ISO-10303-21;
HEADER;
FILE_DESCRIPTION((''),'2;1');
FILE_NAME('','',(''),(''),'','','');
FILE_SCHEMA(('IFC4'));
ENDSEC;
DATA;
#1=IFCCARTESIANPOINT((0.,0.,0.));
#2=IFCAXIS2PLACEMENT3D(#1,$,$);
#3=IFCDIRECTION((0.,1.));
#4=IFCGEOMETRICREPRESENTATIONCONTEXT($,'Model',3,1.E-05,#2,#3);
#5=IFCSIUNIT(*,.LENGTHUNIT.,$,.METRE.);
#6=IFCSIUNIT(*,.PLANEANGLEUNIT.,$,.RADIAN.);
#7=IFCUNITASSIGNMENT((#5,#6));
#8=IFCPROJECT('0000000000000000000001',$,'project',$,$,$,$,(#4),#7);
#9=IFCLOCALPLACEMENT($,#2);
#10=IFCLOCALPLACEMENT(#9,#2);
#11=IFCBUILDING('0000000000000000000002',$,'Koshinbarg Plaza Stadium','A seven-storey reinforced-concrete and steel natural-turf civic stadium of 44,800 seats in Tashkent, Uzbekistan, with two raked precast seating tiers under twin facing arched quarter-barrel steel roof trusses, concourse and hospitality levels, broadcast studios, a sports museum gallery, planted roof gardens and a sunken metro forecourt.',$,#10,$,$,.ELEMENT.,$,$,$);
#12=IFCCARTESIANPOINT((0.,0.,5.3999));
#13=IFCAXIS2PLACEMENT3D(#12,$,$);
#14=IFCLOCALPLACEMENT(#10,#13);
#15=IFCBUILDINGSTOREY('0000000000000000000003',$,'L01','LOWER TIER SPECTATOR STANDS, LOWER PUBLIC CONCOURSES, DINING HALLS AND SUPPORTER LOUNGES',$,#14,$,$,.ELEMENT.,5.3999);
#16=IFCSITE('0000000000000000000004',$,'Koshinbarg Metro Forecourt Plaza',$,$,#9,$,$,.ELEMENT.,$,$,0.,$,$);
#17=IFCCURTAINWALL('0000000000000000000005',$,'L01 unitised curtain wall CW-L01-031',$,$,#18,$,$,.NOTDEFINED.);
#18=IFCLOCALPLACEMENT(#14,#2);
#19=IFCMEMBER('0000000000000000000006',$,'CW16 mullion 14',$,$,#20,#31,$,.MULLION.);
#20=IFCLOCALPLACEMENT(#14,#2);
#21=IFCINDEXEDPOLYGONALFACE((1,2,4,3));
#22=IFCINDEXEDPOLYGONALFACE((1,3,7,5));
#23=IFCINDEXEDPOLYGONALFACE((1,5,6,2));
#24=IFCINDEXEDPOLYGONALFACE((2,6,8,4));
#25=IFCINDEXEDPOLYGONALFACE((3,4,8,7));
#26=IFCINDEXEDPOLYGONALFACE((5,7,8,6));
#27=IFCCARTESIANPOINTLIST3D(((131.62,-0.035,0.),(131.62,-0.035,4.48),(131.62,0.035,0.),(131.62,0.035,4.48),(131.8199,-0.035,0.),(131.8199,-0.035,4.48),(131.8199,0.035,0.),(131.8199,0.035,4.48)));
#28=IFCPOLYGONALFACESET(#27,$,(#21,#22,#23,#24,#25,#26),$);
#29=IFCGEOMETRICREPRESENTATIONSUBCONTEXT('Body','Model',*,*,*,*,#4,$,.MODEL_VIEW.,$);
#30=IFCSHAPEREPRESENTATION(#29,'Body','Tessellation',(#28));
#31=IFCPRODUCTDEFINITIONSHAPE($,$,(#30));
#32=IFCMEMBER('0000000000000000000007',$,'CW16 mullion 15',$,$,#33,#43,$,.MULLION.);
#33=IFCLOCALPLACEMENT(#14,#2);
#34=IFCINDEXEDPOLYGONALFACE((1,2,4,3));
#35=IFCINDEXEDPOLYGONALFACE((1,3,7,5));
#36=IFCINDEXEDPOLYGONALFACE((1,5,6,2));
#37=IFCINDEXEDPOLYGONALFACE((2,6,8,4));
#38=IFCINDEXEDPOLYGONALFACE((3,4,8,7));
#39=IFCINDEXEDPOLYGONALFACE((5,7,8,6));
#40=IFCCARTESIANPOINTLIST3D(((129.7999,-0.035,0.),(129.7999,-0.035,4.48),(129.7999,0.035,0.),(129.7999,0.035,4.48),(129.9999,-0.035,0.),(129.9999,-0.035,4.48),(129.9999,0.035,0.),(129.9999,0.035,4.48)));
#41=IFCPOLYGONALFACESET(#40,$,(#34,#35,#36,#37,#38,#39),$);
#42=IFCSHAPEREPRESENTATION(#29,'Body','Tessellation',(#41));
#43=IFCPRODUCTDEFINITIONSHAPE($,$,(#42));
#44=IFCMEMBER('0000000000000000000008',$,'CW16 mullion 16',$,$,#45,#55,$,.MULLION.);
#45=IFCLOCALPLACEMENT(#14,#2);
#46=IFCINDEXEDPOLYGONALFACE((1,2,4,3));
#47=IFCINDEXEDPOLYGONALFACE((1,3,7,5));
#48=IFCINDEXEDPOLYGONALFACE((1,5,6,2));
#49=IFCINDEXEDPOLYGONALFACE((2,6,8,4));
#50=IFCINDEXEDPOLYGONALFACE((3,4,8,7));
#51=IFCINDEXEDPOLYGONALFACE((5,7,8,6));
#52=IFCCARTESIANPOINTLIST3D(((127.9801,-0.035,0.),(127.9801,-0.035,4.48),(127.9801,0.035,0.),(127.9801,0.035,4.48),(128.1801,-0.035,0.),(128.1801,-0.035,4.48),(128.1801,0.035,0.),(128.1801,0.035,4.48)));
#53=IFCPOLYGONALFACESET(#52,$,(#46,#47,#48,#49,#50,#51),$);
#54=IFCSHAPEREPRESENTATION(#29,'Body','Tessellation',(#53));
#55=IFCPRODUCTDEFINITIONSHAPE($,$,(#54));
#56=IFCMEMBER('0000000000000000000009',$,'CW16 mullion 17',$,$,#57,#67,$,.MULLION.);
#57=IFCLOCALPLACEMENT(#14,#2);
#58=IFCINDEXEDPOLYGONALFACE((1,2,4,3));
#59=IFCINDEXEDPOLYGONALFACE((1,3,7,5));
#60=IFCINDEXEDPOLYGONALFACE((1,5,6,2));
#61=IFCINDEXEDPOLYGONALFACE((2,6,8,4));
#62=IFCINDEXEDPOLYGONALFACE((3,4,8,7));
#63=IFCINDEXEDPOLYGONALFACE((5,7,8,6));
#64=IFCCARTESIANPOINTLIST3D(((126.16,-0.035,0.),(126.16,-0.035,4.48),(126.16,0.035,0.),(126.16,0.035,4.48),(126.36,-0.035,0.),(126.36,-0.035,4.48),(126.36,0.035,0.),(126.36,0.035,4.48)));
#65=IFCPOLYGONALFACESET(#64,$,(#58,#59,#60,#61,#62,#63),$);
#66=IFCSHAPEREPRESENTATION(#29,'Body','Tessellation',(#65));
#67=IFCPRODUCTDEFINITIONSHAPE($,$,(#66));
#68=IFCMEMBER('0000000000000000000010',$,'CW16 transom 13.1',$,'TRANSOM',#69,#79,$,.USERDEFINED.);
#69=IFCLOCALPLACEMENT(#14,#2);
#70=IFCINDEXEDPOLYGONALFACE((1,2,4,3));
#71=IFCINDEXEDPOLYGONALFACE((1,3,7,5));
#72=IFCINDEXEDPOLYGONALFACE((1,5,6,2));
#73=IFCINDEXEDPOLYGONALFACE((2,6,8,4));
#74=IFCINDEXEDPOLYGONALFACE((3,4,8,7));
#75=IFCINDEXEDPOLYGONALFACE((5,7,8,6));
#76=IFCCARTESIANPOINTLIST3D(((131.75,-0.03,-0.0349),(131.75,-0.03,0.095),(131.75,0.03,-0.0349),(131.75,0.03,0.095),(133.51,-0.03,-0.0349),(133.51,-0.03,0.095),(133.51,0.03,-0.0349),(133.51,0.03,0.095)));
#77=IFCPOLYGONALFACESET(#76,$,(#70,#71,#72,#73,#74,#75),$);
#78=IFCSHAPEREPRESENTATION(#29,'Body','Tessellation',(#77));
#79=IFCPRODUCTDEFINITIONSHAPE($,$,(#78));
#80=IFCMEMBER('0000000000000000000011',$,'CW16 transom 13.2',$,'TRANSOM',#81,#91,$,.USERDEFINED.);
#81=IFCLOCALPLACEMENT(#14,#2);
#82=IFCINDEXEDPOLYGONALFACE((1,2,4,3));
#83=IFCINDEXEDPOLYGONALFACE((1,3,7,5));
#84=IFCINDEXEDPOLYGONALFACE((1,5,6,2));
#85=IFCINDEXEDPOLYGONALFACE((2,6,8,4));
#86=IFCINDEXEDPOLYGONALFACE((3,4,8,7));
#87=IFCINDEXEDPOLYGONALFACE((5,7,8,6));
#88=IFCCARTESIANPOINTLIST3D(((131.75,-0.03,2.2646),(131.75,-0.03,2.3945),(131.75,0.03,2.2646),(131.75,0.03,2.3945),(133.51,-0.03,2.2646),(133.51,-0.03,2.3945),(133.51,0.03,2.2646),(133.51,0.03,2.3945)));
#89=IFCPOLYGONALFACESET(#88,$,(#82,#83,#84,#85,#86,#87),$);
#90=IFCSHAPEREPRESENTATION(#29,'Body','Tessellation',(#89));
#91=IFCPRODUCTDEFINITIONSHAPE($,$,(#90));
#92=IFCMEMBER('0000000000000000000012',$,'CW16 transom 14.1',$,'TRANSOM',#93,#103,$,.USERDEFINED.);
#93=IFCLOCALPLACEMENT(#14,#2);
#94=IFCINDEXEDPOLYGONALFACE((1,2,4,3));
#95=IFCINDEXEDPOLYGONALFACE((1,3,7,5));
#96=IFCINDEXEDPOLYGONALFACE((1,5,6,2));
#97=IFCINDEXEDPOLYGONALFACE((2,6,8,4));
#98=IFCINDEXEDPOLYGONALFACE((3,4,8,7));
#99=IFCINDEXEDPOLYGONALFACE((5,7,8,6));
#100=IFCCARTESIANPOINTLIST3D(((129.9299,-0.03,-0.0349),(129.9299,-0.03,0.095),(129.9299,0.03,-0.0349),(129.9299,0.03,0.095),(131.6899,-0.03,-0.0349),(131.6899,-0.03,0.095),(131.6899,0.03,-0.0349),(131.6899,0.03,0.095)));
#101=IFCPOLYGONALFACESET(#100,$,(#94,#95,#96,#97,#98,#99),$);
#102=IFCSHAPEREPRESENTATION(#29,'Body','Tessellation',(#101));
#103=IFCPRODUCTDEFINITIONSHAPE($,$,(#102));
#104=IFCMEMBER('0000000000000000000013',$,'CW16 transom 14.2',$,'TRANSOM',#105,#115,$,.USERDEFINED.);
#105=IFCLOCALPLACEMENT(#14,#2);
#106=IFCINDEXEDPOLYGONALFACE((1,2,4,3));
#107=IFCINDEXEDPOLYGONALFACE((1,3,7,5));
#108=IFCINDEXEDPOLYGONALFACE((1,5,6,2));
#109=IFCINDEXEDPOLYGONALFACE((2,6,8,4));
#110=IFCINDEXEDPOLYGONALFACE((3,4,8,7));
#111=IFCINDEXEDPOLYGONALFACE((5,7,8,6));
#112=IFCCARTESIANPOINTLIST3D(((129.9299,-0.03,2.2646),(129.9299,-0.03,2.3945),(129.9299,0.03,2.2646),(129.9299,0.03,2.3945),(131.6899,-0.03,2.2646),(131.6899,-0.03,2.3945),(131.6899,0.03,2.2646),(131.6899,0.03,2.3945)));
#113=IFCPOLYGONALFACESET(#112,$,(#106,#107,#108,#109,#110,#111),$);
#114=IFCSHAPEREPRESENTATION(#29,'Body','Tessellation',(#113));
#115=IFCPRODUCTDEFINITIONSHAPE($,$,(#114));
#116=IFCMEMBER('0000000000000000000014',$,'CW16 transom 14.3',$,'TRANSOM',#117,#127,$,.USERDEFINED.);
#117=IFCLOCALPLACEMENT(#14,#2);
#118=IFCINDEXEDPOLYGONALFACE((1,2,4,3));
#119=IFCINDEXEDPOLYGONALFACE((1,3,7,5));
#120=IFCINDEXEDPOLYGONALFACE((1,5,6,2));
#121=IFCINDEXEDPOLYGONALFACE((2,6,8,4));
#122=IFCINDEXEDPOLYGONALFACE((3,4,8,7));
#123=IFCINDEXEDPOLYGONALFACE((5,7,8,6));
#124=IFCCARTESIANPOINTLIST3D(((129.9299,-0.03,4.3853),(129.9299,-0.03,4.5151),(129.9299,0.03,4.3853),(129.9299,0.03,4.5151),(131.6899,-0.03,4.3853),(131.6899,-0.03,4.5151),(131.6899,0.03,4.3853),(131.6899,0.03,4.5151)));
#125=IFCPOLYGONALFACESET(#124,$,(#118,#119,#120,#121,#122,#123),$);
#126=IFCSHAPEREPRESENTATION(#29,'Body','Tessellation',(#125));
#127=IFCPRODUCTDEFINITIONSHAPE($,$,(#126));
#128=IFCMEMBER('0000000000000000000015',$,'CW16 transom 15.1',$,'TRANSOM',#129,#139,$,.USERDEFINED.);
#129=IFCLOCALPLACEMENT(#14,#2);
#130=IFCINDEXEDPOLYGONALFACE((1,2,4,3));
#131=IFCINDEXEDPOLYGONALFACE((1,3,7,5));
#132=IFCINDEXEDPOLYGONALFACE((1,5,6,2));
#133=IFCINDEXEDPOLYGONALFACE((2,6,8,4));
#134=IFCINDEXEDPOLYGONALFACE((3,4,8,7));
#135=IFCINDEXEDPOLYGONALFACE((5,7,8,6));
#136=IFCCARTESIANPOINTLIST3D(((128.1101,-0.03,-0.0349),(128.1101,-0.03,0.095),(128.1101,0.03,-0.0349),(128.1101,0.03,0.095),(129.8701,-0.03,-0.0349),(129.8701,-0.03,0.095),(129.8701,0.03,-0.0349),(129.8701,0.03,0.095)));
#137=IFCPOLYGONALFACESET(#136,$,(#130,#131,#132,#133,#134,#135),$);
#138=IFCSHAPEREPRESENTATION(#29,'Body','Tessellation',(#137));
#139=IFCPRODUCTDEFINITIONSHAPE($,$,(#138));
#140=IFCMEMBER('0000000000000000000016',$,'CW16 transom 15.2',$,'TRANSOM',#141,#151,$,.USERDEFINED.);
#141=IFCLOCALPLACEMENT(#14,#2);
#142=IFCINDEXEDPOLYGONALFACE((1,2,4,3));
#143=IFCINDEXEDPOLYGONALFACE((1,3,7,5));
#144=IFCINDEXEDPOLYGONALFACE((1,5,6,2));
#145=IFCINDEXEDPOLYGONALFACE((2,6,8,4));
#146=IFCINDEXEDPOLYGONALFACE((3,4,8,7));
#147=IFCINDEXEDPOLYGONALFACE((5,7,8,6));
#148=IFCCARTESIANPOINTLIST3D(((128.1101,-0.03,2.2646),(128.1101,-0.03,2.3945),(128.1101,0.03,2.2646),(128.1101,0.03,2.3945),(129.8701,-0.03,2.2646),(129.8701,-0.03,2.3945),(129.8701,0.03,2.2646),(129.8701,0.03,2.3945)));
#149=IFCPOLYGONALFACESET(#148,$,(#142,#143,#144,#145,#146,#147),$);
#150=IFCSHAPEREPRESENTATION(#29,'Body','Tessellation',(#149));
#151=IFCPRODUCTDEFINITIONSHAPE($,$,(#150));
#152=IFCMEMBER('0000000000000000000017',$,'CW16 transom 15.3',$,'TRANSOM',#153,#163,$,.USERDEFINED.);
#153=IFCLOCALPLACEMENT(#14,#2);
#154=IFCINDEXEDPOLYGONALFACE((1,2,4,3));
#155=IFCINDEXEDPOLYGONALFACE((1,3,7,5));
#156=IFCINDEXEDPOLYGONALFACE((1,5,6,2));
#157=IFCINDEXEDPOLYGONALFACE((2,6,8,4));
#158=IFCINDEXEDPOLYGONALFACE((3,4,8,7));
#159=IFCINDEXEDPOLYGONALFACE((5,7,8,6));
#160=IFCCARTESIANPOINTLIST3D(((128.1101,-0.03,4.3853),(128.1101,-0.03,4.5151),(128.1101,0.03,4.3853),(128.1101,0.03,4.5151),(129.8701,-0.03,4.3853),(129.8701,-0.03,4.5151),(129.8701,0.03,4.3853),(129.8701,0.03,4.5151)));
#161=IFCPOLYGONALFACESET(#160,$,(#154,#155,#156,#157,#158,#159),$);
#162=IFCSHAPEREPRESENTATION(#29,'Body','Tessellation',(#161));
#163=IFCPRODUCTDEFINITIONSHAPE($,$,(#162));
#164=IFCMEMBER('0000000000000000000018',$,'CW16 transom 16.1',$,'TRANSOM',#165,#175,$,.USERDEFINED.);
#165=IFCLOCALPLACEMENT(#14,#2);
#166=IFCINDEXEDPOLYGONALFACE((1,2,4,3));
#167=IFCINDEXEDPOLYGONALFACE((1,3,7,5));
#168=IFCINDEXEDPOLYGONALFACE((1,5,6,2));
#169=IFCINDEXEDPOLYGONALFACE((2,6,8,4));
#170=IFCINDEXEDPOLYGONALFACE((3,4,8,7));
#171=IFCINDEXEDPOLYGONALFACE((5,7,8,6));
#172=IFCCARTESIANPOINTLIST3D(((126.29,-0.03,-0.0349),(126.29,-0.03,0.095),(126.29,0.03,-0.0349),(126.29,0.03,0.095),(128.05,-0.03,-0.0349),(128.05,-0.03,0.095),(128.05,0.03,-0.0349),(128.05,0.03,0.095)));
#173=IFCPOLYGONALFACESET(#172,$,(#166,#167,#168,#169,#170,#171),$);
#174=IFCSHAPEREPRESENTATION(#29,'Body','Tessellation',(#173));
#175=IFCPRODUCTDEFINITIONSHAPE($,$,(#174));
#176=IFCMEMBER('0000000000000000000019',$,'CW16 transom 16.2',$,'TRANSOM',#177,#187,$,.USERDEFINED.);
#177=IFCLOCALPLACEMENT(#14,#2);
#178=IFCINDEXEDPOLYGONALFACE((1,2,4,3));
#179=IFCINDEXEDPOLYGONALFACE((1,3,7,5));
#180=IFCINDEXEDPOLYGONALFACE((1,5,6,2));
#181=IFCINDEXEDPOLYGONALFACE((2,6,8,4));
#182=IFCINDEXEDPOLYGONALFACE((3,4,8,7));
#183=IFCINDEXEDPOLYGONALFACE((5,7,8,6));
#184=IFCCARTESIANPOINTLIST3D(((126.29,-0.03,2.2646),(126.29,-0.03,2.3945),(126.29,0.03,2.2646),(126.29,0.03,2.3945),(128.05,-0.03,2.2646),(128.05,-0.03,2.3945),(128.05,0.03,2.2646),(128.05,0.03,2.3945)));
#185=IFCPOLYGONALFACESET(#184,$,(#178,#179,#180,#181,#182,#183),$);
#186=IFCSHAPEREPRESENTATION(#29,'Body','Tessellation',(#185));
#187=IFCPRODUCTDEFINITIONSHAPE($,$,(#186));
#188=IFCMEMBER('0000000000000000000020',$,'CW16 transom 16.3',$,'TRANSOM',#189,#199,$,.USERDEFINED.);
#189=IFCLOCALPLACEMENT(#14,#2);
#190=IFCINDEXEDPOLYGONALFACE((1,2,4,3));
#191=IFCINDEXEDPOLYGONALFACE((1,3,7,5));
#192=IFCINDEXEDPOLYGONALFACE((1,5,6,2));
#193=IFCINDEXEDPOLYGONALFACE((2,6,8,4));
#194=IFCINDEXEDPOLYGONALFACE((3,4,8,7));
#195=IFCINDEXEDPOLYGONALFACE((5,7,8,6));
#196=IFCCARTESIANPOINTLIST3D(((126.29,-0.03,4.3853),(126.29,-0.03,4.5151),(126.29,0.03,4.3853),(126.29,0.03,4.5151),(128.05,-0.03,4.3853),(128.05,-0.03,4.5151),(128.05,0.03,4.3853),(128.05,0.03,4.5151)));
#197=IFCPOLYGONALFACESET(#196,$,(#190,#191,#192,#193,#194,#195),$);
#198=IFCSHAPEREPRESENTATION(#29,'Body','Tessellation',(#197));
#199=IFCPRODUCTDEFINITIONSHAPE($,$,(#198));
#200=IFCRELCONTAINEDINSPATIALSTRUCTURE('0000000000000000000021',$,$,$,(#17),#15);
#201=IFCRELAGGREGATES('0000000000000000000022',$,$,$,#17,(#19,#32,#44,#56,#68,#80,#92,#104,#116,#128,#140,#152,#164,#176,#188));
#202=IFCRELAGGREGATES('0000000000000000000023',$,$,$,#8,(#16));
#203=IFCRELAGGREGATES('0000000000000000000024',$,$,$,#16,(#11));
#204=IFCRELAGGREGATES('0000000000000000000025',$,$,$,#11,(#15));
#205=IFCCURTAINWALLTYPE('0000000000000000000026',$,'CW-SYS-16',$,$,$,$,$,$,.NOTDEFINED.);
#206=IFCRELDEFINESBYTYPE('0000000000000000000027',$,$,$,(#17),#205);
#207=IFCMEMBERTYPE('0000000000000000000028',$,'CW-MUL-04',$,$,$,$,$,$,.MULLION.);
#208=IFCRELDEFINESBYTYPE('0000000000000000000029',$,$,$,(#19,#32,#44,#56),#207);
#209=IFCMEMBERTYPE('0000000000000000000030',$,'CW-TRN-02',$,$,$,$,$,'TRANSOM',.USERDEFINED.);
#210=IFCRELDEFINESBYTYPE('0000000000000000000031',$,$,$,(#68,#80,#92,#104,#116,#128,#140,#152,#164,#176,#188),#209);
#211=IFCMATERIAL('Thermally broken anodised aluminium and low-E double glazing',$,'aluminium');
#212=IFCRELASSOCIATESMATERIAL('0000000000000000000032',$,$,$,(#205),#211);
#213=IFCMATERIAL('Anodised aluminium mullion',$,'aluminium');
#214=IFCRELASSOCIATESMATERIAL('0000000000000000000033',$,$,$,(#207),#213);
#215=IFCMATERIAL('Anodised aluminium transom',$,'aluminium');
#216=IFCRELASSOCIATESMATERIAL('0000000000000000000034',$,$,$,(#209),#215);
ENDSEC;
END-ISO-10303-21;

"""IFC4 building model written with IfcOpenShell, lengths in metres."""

from ifc_helpers import new_model, si_unit, direction, frame, origin, origin_2d, place, context, subcontext, project, spatial, rectangle, extrude, material, material_profile, profile_set, type_object, element, aggregate, save


model = new_model("IFC4")

# Units and contexts
model_context = context("Model", 3, precision=1e-05, world=origin(), true_north=direction((0.0, 1.0)))
body_context = subcontext(model_context, "Body", "Model", "MODEL_VIEW")
ifc_project = project(units=[si_unit("LENGTHUNIT", "METRE"), si_unit("PLANEANGLEUNIT", "RADIAN")], contexts=[model_context])

# Site, building, storey
site_placement = place(None, origin())
site = spatial("IfcSite", under=ifc_project, at=site_placement, Name="Koshinbarg Metro Forecourt Plaza", CompositionType="ELEMENT", RefElevation=0.0)
building_placement = place(site_placement, origin())
building = spatial("IfcBuilding", under=site, at=building_placement, Name="Koshinbarg Plaza Stadium", Description="A seven-storey reinforced-concrete and steel natural-turf civic stadium of 44,800 seats in Tashkent, Uzbekistan, with two raked precast seating tiers under twin facing arched quarter-barrel steel roof trusses, concourse and hospitality levels, broadcast studios, a sports museum gallery, planted roof gardens and a sunken metro forecourt.", CompositionType="ELEMENT")
storey_placement = place(building_placement, frame((0.0, 0.0, 5.3999)))
storey = spatial("IfcBuildingStorey", under=building, at=storey_placement, Name="L01", Description="LOWER TIER SPECTATOR STANDS, LOWER PUBLIC CONCOURSES, DINING HALLS AND SUPPORTER LOUNGES", CompositionType="ELEMENT", Elevation=5.3999)

# Curtain wall, members
ifc_material_1 = material(Name="Thermally broken anodised aluminium and low-E double glazing", Category="aluminium")
curtain_wall_type = type_object("IfcCurtainWallType", Name="CW-SYS-16", PredefinedType="NOTDEFINED", material=ifc_material_1)
curtain_wall_placement = place(storey_placement, origin())
curtain_wall = element("IfcCurtainWall", 1, at=curtain_wall_placement, inside=storey, type_object=curtain_wall_type, Name="L01 unitised curtain wall CW-L01-031", PredefinedType="NOTDEFINED")
ifc_material_2 = material(Name="Anodised aluminium mullion", Category="aluminium")
ifc_material_profile_1 = material_profile(ifc_material_2, rectangle(XDim=0.0701, YDim=0.2, at=origin_2d()), Name="ALU 70x200")
ifc_profile_set_1 = profile_set([ifc_material_profile_1], Name="Anodised aluminium mullion")
member_type_1 = type_object("IfcMemberType", Name="CW-MUL-04", PredefinedType="MULLION", material=ifc_profile_set_1)
member_1_placement = place(storey_placement, frame((131.72, 0.0, 0.0), z_axis=(0.0, 0.0, 1.0), x_axis=(0.0, -1.0, 0.0)))
member_1 = element("IfcMember", 2, at=member_1_placement, type_object=member_type_1, Name="CW16 mullion 14", PredefinedType="MULLION", context=body_context, shape_type="SweptSolid", body=[
    extrude(rectangle(XDim=0.0701, YDim=0.2, at=origin_2d()), origin(), (0.0, 0.0, 1.0), 4.48),
])
member_2_placement = place(storey_placement, frame((129.8999, 0.0, 0.0), z_axis=(0.0, 0.0, 1.0), x_axis=(0.0, -1.0, 0.0)))
member_2 = element("IfcMember", 3, at=member_2_placement, type_object=member_type_1, Name="CW16 mullion 15", PredefinedType="MULLION", context=body_context, shape_type="SweptSolid", body=[
    extrude(rectangle(XDim=0.0701, YDim=0.2, at=origin_2d()), origin(), (0.0, 0.0, 1.0), 4.48),
])
member_3_placement = place(storey_placement, frame((128.0801, 0.0, 0.0), z_axis=(0.0, 0.0, 1.0), x_axis=(0.0, -1.0, 0.0)))
member_3 = element("IfcMember", 4, at=member_3_placement, type_object=member_type_1, Name="CW16 mullion 16", PredefinedType="MULLION", context=body_context, shape_type="SweptSolid", body=[
    extrude(rectangle(XDim=0.0701, YDim=0.2, at=origin_2d()), origin(), (0.0, 0.0, 1.0), 4.48),
])
member_4_placement = place(storey_placement, frame((126.26, 0.0, 0.0), z_axis=(0.0, 0.0, 1.0), x_axis=(0.0, -1.0, 0.0)))
member_4 = element("IfcMember", 5, at=member_4_placement, type_object=member_type_1, Name="CW16 mullion 17", PredefinedType="MULLION", context=body_context, shape_type="SweptSolid", body=[
    extrude(rectangle(XDim=0.0701, YDim=0.2, at=origin_2d()), origin(), (0.0, 0.0, 1.0), 4.48),
])
ifc_material_3 = material(Name="Anodised aluminium transom", Category="aluminium")
ifc_material_profile_2 = material_profile(ifc_material_3, rectangle(XDim=0.0601, YDim=0.1299, at=origin_2d()), Name="ALU 60x130")
ifc_profile_set_2 = profile_set([ifc_material_profile_2], Name="Anodised aluminium transom")
member_type_2 = type_object("IfcMemberType", Name="CW-TRN-02", ElementType="TRANSOM", PredefinedType="USERDEFINED", material=ifc_profile_set_2)
member_5_placement = place(storey_placement, frame((133.51, 0.0, 0.03), z_axis=(-1.0, 0.0, 0.0), x_axis=(0.0, -1.0, 0.0)))
member_5 = element("IfcMember", 6, at=member_5_placement, type_object=member_type_2, Name="CW16 transom 13.1", ObjectType="TRANSOM", PredefinedType="USERDEFINED", context=body_context, shape_type="SweptSolid", body=[
    extrude(rectangle(XDim=0.0601, YDim=0.1299, at=origin_2d()), origin(), (0.0, 0.0, 1.0), 1.76),
])
member_6_placement = place(storey_placement, frame((133.51, 0.0, 2.3296), z_axis=(-1.0, 0.0, 0.0), x_axis=(0.0, -1.0, 0.0)))
member_6 = element("IfcMember", 7, at=member_6_placement, type_object=member_type_2, Name="CW16 transom 13.2", ObjectType="TRANSOM", PredefinedType="USERDEFINED", context=body_context, shape_type="SweptSolid", body=[
    extrude(rectangle(XDim=0.0601, YDim=0.1299, at=origin_2d()), origin(), (0.0, 0.0, 1.0), 1.76),
])
member_7_placement = place(storey_placement, frame((131.6899, 0.0, 0.03), z_axis=(-1.0, 0.0, 0.0), x_axis=(0.0, -1.0, 0.0)))
member_7 = element("IfcMember", 8, at=member_7_placement, type_object=member_type_2, Name="CW16 transom 14.1", ObjectType="TRANSOM", PredefinedType="USERDEFINED", context=body_context, shape_type="SweptSolid", body=[
    extrude(rectangle(XDim=0.0601, YDim=0.1299, at=origin_2d()), origin(), (0.0, 0.0, 1.0), 1.76),
])
member_8_placement = place(storey_placement, frame((131.6899, 0.0, 2.3296), z_axis=(-1.0, 0.0, 0.0), x_axis=(0.0, -1.0, 0.0)))
member_8 = element("IfcMember", 9, at=member_8_placement, type_object=member_type_2, Name="CW16 transom 14.2", ObjectType="TRANSOM", PredefinedType="USERDEFINED", context=body_context, shape_type="SweptSolid", body=[
    extrude(rectangle(XDim=0.0601, YDim=0.1299, at=origin_2d()), origin(), (0.0, 0.0, 1.0), 1.76),
])
member_9_placement = place(storey_placement, frame((131.6899, 0.0, 4.4502), z_axis=(-1.0, 0.0, 0.0), x_axis=(0.0, -1.0, 0.0)))
member_9 = element("IfcMember", 10, at=member_9_placement, type_object=member_type_2, Name="CW16 transom 14.3", ObjectType="TRANSOM", PredefinedType="USERDEFINED", context=body_context, shape_type="SweptSolid", body=[
    extrude(rectangle(XDim=0.0601, YDim=0.1299, at=origin_2d()), origin(), (0.0, 0.0, 1.0), 1.76),
])
member_10_placement = place(storey_placement, frame((129.8701, 0.0, 0.03), z_axis=(-1.0, 0.0, 0.0), x_axis=(0.0, -1.0, 0.0)))
member_10 = element("IfcMember", 11, at=member_10_placement, type_object=member_type_2, Name="CW16 transom 15.1", ObjectType="TRANSOM", PredefinedType="USERDEFINED", context=body_context, shape_type="SweptSolid", body=[
    extrude(rectangle(XDim=0.0601, YDim=0.1299, at=origin_2d()), origin(), (0.0, 0.0, 1.0), 1.76),
])
member_11_placement = place(storey_placement, frame((129.8701, 0.0, 2.3296), z_axis=(-1.0, 0.0, 0.0), x_axis=(0.0, -1.0, 0.0)))
member_11 = element("IfcMember", 12, at=member_11_placement, type_object=member_type_2, Name="CW16 transom 15.2", ObjectType="TRANSOM", PredefinedType="USERDEFINED", context=body_context, shape_type="SweptSolid", body=[
    extrude(rectangle(XDim=0.0601, YDim=0.1299, at=origin_2d()), origin(), (0.0, 0.0, 1.0), 1.76),
])
member_12_placement = place(storey_placement, frame((129.8701, 0.0, 4.4502), z_axis=(-1.0, 0.0, 0.0), x_axis=(0.0, -1.0, 0.0)))
member_12 = element("IfcMember", 13, at=member_12_placement, type_object=member_type_2, Name="CW16 transom 15.3", ObjectType="TRANSOM", PredefinedType="USERDEFINED", context=body_context, shape_type="SweptSolid", body=[
    extrude(rectangle(XDim=0.0601, YDim=0.1299, at=origin_2d()), origin(), (0.0, 0.0, 1.0), 1.76),
])
member_13_placement = place(storey_placement, frame((128.05, 0.0, 0.03), z_axis=(-1.0, 0.0, 0.0), x_axis=(0.0, -1.0, 0.0)))
member_13 = element("IfcMember", 14, at=member_13_placement, type_object=member_type_2, Name="CW16 transom 16.1", ObjectType="TRANSOM", PredefinedType="USERDEFINED", context=body_context, shape_type="SweptSolid", body=[
    extrude(rectangle(XDim=0.0601, YDim=0.1299, at=origin_2d()), origin(), (0.0, 0.0, 1.0), 1.76),
])
member_14_placement = place(storey_placement, frame((128.05, 0.0, 2.3296), z_axis=(-1.0, 0.0, 0.0), x_axis=(0.0, -1.0, 0.0)))
member_14 = element("IfcMember", 15, at=member_14_placement, type_object=member_type_2, Name="CW16 transom 16.2", ObjectType="TRANSOM", PredefinedType="USERDEFINED", context=body_context, shape_type="SweptSolid", body=[
    extrude(rectangle(XDim=0.0601, YDim=0.1299, at=origin_2d()), origin(), (0.0, 0.0, 1.0), 1.76),
])
member_15_placement = place(storey_placement, frame((128.05, 0.0, 4.4502), z_axis=(-1.0, 0.0, 0.0), x_axis=(0.0, -1.0, 0.0)))
member_15 = element("IfcMember", 16, at=member_15_placement, type_object=member_type_2, Name="CW16 transom 16.3", ObjectType="TRANSOM", PredefinedType="USERDEFINED", context=body_context, shape_type="SweptSolid", body=[
    extrude(rectangle(XDim=0.0601, YDim=0.1299, at=origin_2d()), origin(), (0.0, 0.0, 1.0), 1.76),
])
aggregate(curtain_wall, [member_1, member_2, member_3, member_4, member_5, member_6, member_7, member_8, member_9, member_10, member_11, member_12, member_13, member_14, member_15])

save(model, "model.ifc")
